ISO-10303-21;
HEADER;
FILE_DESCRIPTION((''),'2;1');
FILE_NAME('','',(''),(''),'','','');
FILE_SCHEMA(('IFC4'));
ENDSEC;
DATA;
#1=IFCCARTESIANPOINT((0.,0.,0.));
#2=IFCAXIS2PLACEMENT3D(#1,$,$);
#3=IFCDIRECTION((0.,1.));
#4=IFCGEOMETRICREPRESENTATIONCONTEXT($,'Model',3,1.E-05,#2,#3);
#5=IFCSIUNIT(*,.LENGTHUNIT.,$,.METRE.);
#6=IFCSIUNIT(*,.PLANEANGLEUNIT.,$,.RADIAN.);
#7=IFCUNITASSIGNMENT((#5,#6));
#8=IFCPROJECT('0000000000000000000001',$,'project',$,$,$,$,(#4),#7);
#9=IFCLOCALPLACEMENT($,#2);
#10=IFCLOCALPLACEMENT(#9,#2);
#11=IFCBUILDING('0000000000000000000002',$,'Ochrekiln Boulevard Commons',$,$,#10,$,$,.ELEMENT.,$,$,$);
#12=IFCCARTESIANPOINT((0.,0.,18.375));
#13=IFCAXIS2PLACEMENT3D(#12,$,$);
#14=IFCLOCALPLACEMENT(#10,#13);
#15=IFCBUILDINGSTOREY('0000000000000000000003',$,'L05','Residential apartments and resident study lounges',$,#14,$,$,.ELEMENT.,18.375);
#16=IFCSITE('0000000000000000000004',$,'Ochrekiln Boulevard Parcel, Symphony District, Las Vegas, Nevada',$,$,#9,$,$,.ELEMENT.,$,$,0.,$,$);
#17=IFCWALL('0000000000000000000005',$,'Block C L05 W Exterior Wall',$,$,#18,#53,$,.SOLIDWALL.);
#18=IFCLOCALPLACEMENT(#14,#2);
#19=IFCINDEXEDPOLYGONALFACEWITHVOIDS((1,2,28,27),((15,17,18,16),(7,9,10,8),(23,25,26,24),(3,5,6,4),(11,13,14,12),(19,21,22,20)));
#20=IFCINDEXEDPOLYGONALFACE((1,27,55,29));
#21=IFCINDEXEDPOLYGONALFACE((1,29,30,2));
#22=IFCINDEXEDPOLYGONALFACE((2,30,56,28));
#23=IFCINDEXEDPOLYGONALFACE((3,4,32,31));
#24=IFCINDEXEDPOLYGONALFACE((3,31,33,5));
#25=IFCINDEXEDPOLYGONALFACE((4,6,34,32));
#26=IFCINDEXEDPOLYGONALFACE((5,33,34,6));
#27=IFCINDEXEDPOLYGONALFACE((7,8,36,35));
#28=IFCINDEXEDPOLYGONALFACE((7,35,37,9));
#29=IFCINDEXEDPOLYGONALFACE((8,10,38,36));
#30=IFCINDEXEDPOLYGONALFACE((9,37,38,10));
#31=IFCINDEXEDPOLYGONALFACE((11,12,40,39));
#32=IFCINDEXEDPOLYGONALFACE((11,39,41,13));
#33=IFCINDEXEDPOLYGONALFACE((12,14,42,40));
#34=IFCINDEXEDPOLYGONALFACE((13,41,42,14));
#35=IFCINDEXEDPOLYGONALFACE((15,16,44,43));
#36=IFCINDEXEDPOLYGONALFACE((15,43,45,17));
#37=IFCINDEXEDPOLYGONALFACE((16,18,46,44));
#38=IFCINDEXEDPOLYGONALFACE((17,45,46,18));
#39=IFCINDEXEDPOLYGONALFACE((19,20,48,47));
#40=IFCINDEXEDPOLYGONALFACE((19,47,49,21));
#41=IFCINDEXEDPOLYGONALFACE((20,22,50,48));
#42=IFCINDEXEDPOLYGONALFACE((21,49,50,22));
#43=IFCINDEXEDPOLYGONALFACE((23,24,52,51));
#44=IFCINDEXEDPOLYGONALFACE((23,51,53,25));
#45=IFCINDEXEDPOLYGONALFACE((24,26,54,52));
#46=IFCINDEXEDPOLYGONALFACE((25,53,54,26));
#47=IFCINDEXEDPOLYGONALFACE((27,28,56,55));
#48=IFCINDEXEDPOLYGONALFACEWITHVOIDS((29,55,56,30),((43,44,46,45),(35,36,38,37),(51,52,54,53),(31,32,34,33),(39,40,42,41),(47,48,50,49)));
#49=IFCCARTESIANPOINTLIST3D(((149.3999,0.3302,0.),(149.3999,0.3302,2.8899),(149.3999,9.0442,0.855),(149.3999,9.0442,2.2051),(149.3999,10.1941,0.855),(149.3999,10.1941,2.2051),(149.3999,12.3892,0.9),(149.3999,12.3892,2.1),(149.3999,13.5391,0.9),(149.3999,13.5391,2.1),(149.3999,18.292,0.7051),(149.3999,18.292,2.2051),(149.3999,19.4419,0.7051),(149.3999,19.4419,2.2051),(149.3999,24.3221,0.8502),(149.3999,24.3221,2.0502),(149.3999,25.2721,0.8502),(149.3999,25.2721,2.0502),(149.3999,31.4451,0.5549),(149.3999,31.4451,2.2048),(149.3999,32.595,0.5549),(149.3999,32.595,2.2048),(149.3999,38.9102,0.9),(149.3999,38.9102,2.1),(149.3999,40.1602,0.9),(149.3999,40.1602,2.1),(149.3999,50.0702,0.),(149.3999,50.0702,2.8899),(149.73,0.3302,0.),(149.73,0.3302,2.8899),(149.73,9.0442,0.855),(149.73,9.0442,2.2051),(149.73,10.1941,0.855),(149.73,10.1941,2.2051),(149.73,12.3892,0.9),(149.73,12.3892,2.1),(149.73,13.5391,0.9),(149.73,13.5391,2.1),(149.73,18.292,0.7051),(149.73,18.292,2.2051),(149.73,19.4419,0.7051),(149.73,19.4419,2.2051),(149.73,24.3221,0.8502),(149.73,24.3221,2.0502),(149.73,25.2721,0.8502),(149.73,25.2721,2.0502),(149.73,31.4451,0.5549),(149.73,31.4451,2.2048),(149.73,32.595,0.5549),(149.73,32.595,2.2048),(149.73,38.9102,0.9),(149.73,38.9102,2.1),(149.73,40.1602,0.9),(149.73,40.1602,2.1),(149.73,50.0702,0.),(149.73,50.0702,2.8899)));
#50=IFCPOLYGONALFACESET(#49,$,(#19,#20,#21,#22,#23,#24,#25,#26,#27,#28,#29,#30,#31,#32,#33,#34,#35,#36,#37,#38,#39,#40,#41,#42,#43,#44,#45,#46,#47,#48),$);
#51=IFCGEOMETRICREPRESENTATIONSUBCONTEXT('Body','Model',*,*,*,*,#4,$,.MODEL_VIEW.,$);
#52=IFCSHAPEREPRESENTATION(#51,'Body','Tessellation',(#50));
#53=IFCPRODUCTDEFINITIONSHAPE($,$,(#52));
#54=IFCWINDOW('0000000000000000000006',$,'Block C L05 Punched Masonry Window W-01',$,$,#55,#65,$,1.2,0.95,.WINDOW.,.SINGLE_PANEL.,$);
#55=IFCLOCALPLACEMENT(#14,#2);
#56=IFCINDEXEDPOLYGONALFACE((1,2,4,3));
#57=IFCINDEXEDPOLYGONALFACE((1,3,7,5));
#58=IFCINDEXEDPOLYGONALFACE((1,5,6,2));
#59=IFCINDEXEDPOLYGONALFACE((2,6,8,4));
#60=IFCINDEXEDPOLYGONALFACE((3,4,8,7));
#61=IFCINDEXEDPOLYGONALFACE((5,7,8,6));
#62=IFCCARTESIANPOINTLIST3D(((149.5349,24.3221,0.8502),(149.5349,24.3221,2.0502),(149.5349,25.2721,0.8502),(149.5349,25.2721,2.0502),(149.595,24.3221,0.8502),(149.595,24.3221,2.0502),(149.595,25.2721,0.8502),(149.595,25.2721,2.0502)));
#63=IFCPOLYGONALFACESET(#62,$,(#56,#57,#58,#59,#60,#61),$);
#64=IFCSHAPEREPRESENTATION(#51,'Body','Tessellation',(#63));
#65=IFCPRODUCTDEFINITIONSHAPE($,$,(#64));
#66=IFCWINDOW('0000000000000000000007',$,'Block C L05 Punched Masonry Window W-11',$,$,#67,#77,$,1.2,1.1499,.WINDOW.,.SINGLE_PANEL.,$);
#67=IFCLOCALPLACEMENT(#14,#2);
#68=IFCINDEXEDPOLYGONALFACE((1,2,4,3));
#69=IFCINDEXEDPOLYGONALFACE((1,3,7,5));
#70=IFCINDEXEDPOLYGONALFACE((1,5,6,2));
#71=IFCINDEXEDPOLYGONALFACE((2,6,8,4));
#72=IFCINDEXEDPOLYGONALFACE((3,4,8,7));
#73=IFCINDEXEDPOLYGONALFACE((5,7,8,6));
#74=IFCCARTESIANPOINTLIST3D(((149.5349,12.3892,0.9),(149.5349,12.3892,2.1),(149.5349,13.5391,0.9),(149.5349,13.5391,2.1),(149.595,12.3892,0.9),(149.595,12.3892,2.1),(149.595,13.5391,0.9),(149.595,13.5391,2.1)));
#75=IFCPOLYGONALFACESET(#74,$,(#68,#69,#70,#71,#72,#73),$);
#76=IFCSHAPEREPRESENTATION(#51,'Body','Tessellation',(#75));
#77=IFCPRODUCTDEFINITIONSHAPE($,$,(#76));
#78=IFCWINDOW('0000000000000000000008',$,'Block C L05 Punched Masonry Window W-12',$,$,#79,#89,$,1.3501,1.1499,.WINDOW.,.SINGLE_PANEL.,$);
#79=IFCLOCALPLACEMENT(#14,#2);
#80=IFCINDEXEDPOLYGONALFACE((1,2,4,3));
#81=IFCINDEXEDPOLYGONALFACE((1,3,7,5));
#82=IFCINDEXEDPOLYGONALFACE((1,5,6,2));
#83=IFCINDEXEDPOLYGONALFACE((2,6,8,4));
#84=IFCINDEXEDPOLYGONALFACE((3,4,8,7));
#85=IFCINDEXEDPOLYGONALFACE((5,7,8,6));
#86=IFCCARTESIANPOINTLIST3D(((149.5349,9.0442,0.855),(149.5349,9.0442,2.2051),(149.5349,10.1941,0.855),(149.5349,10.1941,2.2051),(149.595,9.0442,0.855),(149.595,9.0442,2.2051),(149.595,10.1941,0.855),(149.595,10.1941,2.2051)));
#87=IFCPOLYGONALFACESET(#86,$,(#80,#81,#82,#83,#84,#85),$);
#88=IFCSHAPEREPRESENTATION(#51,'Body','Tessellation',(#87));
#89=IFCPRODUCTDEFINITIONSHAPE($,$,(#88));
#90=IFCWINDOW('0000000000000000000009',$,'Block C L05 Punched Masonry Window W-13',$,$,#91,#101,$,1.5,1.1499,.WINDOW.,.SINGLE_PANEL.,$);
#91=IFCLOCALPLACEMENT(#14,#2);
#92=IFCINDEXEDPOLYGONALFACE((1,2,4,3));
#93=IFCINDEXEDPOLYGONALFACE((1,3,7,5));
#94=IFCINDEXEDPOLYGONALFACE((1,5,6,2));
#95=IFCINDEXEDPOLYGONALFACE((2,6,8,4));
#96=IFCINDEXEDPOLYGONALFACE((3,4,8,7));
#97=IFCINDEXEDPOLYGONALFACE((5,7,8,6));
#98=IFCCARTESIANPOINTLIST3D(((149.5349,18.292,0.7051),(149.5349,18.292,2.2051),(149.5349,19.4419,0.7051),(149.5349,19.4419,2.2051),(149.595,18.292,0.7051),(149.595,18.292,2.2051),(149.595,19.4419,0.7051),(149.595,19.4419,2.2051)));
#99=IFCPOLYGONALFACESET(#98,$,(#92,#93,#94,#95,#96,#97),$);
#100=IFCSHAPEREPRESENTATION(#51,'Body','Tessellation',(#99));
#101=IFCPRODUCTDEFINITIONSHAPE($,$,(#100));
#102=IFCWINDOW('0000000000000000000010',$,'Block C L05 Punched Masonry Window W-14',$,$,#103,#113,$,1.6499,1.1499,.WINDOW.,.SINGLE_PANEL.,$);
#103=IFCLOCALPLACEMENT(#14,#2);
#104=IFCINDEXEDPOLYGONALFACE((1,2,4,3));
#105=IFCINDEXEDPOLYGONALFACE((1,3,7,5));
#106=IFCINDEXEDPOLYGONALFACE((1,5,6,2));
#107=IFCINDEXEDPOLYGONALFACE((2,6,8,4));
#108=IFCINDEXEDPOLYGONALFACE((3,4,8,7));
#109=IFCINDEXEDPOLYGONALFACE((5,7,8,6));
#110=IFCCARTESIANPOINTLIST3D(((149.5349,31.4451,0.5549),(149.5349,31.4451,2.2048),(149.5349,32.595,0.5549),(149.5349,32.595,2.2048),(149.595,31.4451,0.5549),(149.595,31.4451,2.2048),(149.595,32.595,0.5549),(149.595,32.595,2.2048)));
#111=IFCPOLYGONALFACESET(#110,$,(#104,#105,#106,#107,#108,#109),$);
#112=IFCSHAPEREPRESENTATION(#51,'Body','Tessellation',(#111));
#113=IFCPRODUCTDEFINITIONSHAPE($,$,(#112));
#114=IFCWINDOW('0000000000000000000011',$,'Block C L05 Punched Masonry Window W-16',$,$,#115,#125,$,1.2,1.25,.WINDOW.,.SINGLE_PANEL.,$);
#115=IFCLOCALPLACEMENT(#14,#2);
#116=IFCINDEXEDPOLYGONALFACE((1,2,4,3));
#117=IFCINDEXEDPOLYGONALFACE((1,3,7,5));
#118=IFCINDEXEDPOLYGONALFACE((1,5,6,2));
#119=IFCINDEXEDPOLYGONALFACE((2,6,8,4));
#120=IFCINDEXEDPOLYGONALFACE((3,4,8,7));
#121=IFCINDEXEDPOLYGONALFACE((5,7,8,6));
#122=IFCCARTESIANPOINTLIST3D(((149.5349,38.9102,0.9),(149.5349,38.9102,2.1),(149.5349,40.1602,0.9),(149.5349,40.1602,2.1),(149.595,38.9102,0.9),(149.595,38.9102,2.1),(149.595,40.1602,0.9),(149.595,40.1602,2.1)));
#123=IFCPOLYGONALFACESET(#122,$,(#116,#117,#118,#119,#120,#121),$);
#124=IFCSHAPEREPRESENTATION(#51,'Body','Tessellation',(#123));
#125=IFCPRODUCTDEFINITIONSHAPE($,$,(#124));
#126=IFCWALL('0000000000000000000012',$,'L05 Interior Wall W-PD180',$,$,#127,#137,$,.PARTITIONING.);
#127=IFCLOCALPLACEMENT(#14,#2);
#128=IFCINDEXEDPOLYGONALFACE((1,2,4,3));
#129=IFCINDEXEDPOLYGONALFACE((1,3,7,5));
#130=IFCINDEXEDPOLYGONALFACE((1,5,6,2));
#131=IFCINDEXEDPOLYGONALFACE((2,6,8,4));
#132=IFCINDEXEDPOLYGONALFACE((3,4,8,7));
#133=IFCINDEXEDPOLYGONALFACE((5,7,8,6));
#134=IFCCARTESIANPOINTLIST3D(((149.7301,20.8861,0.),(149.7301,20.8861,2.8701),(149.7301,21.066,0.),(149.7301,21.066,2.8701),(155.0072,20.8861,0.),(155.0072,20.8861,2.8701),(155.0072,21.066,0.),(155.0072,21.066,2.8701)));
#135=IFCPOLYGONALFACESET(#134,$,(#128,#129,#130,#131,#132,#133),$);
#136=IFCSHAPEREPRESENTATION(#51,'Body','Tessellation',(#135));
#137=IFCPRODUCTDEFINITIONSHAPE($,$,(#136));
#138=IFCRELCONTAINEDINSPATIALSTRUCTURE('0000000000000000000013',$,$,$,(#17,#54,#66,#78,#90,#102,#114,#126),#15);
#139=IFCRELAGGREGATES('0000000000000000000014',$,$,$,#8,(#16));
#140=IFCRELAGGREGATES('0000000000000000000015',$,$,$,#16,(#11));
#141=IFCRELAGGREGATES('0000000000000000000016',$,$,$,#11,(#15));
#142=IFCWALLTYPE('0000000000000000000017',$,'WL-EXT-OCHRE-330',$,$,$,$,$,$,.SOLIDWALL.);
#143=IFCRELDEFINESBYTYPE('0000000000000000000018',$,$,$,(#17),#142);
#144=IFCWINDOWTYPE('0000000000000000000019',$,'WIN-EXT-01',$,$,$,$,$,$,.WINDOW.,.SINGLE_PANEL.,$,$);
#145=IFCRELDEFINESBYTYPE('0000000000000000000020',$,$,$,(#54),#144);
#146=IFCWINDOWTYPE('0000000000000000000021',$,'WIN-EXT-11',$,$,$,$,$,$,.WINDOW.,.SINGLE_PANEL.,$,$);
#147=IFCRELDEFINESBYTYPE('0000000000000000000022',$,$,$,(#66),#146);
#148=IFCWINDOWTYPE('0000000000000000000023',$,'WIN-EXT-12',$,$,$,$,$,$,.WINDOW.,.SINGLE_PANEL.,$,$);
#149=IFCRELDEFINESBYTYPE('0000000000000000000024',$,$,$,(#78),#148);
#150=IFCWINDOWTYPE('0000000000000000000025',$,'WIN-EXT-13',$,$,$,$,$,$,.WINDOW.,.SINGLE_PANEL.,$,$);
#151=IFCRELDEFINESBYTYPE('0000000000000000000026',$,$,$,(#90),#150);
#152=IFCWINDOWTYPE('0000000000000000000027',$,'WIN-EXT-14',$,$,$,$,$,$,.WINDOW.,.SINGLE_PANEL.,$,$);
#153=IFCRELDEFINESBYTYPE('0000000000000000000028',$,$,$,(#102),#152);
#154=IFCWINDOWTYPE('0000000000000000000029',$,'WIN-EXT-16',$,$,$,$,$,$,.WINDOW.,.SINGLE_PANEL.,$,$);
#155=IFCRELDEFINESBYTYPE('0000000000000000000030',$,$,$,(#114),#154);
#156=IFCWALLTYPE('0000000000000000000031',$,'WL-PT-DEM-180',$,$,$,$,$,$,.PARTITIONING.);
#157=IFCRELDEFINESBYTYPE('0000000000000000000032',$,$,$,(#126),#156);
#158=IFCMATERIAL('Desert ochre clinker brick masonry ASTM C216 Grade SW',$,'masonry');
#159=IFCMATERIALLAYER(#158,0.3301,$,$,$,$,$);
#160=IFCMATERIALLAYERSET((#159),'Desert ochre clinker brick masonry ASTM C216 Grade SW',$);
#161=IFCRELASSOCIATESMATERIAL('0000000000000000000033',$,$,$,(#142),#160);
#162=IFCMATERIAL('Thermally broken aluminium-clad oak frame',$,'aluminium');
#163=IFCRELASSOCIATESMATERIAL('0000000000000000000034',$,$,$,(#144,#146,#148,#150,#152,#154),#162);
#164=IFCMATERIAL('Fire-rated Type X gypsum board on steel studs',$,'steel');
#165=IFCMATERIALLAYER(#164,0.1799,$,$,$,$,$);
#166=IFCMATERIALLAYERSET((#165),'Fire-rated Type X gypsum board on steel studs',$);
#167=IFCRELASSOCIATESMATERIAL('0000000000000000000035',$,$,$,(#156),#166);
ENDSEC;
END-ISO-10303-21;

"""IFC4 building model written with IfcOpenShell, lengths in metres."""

from ifc_helpers import new_model, si_unit, direction, frame, frame_2d, origin, place, context, subcontext, project, spatial, rectangle, extrude, material, layer, layer_set, type_object, element, fill, save


model = new_model("IFC4")

# Units and contexts
model_context = context("Model", 3, precision=1e-05, world=origin(), true_north=direction((0.0, 1.0)))
body_context = subcontext(model_context, "Body", "Model", "MODEL_VIEW")
ifc_project = project(units=[si_unit("LENGTHUNIT", "METRE"), si_unit("PLANEANGLEUNIT", "RADIAN")], contexts=[model_context])

# Site, building, storey
site_placement = place(None, origin())
site = spatial("IfcSite", under=ifc_project, at=site_placement, Name="Ochrekiln Boulevard Parcel, Symphony District, Las Vegas, Nevada", CompositionType="ELEMENT", RefElevation=0.0)
building_placement = place(site_placement, origin())
building = spatial("IfcBuilding", under=site, at=building_placement, Name="Ochrekiln Boulevard Commons", CompositionType="ELEMENT")
storey_placement = place(building_placement, frame((0.0, 0.0, 18.375)))
storey = spatial("IfcBuildingStorey", under=building, at=storey_placement, Name="L05", Description="Residential apartments and resident study lounges", CompositionType="ELEMENT", Elevation=18.375)

# Shared definitions
ifc_material_1 = material(Name="Desert ochre clinker brick masonry ASTM C216 Grade SW", Category="masonry")
ifc_layer_1 = layer(ifc_material_1, 0.3301)
ifc_layer_set_1 = layer_set([ifc_layer_1], Name="Desert ochre clinker brick masonry ASTM C216 Grade SW")
wall_type_1 = type_object("IfcWallType", Name="WL-EXT-OCHRE-330", PredefinedType="SOLIDWALL", material=ifc_layer_set_1)

# Wall, openings, windows
wall_1_placement = place(storey_placement, frame((149.5649, 0.3301, 0.0), z_axis=(0.0, 0.0, 1.0), x_axis=(0.0, 1.0, 0.0)))
wall_1 = element("IfcWall", 1, at=wall_1_placement, inside=storey, type_object=wall_type_1, Name="Block C L05 W Exterior Wall", PredefinedType="SOLIDWALL", context=body_context, shape_type="SweptSolid", body=[
    extrude(rectangle(XDim=49.74, YDim=0.3301, at=frame_2d((24.8701, 0.0))), origin(), (0.0, 0.0, 1.0), 2.8899),
])
opening_1_placement = place(wall_1_placement, frame((12.0591, 0.0, 0.8999)))
opening_1 = element("IfcOpeningElement", 2, at=opening_1_placement, cuts=wall_1, PredefinedType="OPENING", context=body_context, shape_type="SweptSolid", body=[
    extrude(rectangle(XDim=1.1499, YDim=1.2, at=frame_2d((0.575, 0.6001))), frame((0.0, 0.175, 0.0), z_axis=(0.0, -1.0, 0.0), x_axis=(1.0, 0.0, 0.0)), (0.0, 0.0, 1.0), 0.3501),
])
opening_2_placement = place(wall_1_placement, frame((8.7141, 0.0, 0.855)))
opening_2 = element("IfcOpeningElement", 3, at=opening_2_placement, cuts=wall_1, PredefinedType="OPENING", context=body_context, shape_type="SweptSolid", body=[
    extrude(rectangle(XDim=1.1499, YDim=1.3501, at=frame_2d((0.575, 0.675))), frame((0.0, 0.175, 0.0), z_axis=(0.0, -1.0, 0.0), x_axis=(1.0, 0.0, 0.0)), (0.0, 0.0, 1.0), 0.3501),
])
opening_3_placement = place(wall_1_placement, frame((17.9619, 0.0, 0.7051)))
opening_3 = element("IfcOpeningElement", 4, at=opening_3_placement, cuts=wall_1, PredefinedType="OPENING", context=body_context, shape_type="SweptSolid", body=[
    extrude(rectangle(XDim=1.1499, YDim=1.5, at=frame_2d((0.575, 0.75))), frame((0.0, 0.175, 0.0), z_axis=(0.0, -1.0, 0.0), x_axis=(1.0, 0.0, 0.0)), (0.0, 0.0, 1.0), 0.3501),
])
opening_4_placement = place(wall_1_placement, frame((31.115, 0.0, 0.5549)))
opening_4 = element("IfcOpeningElement", 5, at=opening_4_placement, cuts=wall_1, PredefinedType="OPENING", context=body_context, shape_type="SweptSolid", body=[
    extrude(rectangle(XDim=1.1499, YDim=1.6499, at=frame_2d((0.575, 0.825))), frame((0.0, 0.175, 0.0), z_axis=(0.0, -1.0, 0.0), x_axis=(1.0, 0.0, 0.0)), (0.0, 0.0, 1.0), 0.3501),
])
opening_5_placement = place(wall_1_placement, frame((23.9919, 0.0, 0.8501)))
opening_5 = element("IfcOpeningElement", 6, at=opening_5_placement, cuts=wall_1, PredefinedType="OPENING", context=body_context, shape_type="SweptSolid", body=[
    extrude(rectangle(XDim=0.95, YDim=1.2, at=frame_2d((0.4751, 0.6001))), frame((0.0, 0.175, 0.0), z_axis=(0.0, -1.0, 0.0), x_axis=(1.0, 0.0, 0.0)), (0.0, 0.0, 1.0), 0.3501),
])
opening_6_placement = place(wall_1_placement, frame((38.5801, 0.0, 0.8999)))
opening_6 = element("IfcOpeningElement", 7, at=opening_6_placement, cuts=wall_1, PredefinedType="OPENING", context=body_context, shape_type="SweptSolid", body=[
    extrude(rectangle(XDim=1.25, YDim=1.2, at=frame_2d((0.625, 0.6001))), frame((0.0, 0.175, 0.0), z_axis=(0.0, -1.0, 0.0), x_axis=(1.0, 0.0, 0.0)), (0.0, 0.0, 1.0), 0.3501),
])
ifc_material_2 = material(Name="Thermally broken aluminium-clad oak frame", Category="aluminium")
window_type_1 = type_object("IfcWindowType", Name="WIN-EXT-01", PartitioningType="SINGLE_PANEL", PredefinedType="WINDOW", material=ifc_material_2)
window_1_placement = place(opening_5_placement, origin())
window_1 = element("IfcWindow", 8, at=window_1_placement, inside=storey, type_object=window_type_1, Name="Block C L05 Punched Masonry Window W-01", OverallHeight=1.2, OverallWidth=0.95, PartitioningType="SINGLE_PANEL", PredefinedType="WINDOW", context=body_context, shape_type="SweptSolid", body=[
    extrude(rectangle(XDim=0.95, YDim=1.2, at=frame_2d((0.4751, 0.6001))), frame((0.0, 0.03, 0.0), z_axis=(0.0, -1.0, 0.0), x_axis=(1.0, 0.0, 0.0)), (0.0, 0.0, 1.0), 0.0601),
])
fill(opening_5, window_1)
window_type_2 = type_object("IfcWindowType", Name="WIN-EXT-11", PartitioningType="SINGLE_PANEL", PredefinedType="WINDOW", material=ifc_material_2)
window_2_placement = place(opening_1_placement, origin())
window_2 = element("IfcWindow", 9, at=window_2_placement, inside=storey, type_object=window_type_2, Name="Block C L05 Punched Masonry Window W-11", OverallHeight=1.2, OverallWidth=1.1499, PartitioningType="SINGLE_PANEL", PredefinedType="WINDOW", context=body_context, shape_type="SweptSolid", body=[
    extrude(rectangle(XDim=1.1499, YDim=1.2, at=frame_2d((0.575, 0.6001))), frame((0.0, 0.03, 0.0), z_axis=(0.0, -1.0, 0.0), x_axis=(1.0, 0.0, 0.0)), (0.0, 0.0, 1.0), 0.0601),
])
fill(opening_1, window_2)
window_type_3 = type_object("IfcWindowType", Name="WIN-EXT-12", PartitioningType="SINGLE_PANEL", PredefinedType="WINDOW", material=ifc_material_2)
window_3_placement = place(opening_2_placement, origin())
window_3 = element("IfcWindow", 10, at=window_3_placement, inside=storey, type_object=window_type_3, Name="Block C L05 Punched Masonry Window W-12", OverallHeight=1.3501, OverallWidth=1.1499, PartitioningType="SINGLE_PANEL", PredefinedType="WINDOW", context=body_context, shape_type="SweptSolid", body=[
    extrude(rectangle(XDim=1.1499, YDim=1.3501, at=frame_2d((0.575, 0.675))), frame((0.0, 0.03, 0.0), z_axis=(0.0, -1.0, 0.0), x_axis=(1.0, 0.0, 0.0)), (0.0, 0.0, 1.0), 0.0601),
])
fill(opening_2, window_3)
window_type_4 = type_object("IfcWindowType", Name="WIN-EXT-13", PartitioningType="SINGLE_PANEL", PredefinedType="WINDOW", material=ifc_material_2)
window_4_placement = place(opening_3_placement, origin())
window_4 = element("IfcWindow", 11, at=window_4_placement, inside=storey, type_object=window_type_4, Name="Block C L05 Punched Masonry Window W-13", OverallHeight=1.5, OverallWidth=1.1499, PartitioningType="SINGLE_PANEL", PredefinedType="WINDOW", context=body_context, shape_type="SweptSolid", body=[
    extrude(rectangle(XDim=1.1499, YDim=1.5, at=frame_2d((0.575, 0.75))), frame((0.0, 0.03, 0.0), z_axis=(0.0, -1.0, 0.0), x_axis=(1.0, 0.0, 0.0)), (0.0, 0.0, 1.0), 0.0601),
])
fill(opening_3, window_4)
window_type_5 = type_object("IfcWindowType", Name="WIN-EXT-14", PartitioningType="SINGLE_PANEL", PredefinedType="WINDOW", material=ifc_material_2)
window_5_placement = place(opening_4_placement, origin())
window_5 = element("IfcWindow", 12, at=window_5_placement, inside=storey, type_object=window_type_5, Name="Block C L05 Punched Masonry Window W-14", OverallHeight=1.6499, OverallWidth=1.1499, PartitioningType="SINGLE_PANEL", PredefinedType="WINDOW", context=body_context, shape_type="SweptSolid", body=[
    extrude(rectangle(XDim=1.1499, YDim=1.6499, at=frame_2d((0.575, 0.825))), frame((0.0, 0.03, 0.0), z_axis=(0.0, -1.0, 0.0), x_axis=(1.0, 0.0, 0.0)), (0.0, 0.0, 1.0), 0.0601),
])
fill(opening_4, window_5)
window_type_6 = type_object("IfcWindowType", Name="WIN-EXT-16", PartitioningType="SINGLE_PANEL", PredefinedType="WINDOW", material=ifc_material_2)
window_6_placement = place(opening_6_placement, origin())
window_6 = element("IfcWindow", 13, at=window_6_placement, inside=storey, type_object=window_type_6, Name="Block C L05 Punched Masonry Window W-16", OverallHeight=1.2, OverallWidth=1.25, PartitioningType="SINGLE_PANEL", PredefinedType="WINDOW", context=body_context, shape_type="SweptSolid", body=[
    extrude(rectangle(XDim=1.25, YDim=1.2, at=frame_2d((0.625, 0.6001))), frame((0.0, 0.03, 0.0), z_axis=(0.0, -1.0, 0.0), x_axis=(1.0, 0.0, 0.0)), (0.0, 0.0, 1.0), 0.0601),
])
fill(opening_6, window_6)

# Wall
ifc_material_3 = material(Name="Fire-rated Type X gypsum board on steel studs", Category="steel")
ifc_layer_2 = layer(ifc_material_3, 0.1799)
ifc_layer_set_2 = layer_set([ifc_layer_2], Name="Fire-rated Type X gypsum board on steel studs")
wall_type_2 = type_object("IfcWallType", Name="WL-PT-DEM-180", PredefinedType="PARTITIONING", material=ifc_layer_set_2)
wall_2_placement = place(storey_placement, frame((149.73, 20.9761, 0.0), z_axis=(0.0, 0.0, 1.0), x_axis=(1.0, 0.0, 0.0)))
element("IfcWall", 14, at=wall_2_placement, inside=storey, type_object=wall_type_2, Name="L05 Interior Wall W-PD180", PredefinedType="PARTITIONING", context=body_context, shape_type="SweptSolid", body=[
    extrude(rectangle(XDim=5.2771, YDim=0.1799, at=frame_2d((2.6387, 0.0))), origin(), (0.0, 0.0, 1.0), 2.8701),
])

save(model, "model.ifc")
